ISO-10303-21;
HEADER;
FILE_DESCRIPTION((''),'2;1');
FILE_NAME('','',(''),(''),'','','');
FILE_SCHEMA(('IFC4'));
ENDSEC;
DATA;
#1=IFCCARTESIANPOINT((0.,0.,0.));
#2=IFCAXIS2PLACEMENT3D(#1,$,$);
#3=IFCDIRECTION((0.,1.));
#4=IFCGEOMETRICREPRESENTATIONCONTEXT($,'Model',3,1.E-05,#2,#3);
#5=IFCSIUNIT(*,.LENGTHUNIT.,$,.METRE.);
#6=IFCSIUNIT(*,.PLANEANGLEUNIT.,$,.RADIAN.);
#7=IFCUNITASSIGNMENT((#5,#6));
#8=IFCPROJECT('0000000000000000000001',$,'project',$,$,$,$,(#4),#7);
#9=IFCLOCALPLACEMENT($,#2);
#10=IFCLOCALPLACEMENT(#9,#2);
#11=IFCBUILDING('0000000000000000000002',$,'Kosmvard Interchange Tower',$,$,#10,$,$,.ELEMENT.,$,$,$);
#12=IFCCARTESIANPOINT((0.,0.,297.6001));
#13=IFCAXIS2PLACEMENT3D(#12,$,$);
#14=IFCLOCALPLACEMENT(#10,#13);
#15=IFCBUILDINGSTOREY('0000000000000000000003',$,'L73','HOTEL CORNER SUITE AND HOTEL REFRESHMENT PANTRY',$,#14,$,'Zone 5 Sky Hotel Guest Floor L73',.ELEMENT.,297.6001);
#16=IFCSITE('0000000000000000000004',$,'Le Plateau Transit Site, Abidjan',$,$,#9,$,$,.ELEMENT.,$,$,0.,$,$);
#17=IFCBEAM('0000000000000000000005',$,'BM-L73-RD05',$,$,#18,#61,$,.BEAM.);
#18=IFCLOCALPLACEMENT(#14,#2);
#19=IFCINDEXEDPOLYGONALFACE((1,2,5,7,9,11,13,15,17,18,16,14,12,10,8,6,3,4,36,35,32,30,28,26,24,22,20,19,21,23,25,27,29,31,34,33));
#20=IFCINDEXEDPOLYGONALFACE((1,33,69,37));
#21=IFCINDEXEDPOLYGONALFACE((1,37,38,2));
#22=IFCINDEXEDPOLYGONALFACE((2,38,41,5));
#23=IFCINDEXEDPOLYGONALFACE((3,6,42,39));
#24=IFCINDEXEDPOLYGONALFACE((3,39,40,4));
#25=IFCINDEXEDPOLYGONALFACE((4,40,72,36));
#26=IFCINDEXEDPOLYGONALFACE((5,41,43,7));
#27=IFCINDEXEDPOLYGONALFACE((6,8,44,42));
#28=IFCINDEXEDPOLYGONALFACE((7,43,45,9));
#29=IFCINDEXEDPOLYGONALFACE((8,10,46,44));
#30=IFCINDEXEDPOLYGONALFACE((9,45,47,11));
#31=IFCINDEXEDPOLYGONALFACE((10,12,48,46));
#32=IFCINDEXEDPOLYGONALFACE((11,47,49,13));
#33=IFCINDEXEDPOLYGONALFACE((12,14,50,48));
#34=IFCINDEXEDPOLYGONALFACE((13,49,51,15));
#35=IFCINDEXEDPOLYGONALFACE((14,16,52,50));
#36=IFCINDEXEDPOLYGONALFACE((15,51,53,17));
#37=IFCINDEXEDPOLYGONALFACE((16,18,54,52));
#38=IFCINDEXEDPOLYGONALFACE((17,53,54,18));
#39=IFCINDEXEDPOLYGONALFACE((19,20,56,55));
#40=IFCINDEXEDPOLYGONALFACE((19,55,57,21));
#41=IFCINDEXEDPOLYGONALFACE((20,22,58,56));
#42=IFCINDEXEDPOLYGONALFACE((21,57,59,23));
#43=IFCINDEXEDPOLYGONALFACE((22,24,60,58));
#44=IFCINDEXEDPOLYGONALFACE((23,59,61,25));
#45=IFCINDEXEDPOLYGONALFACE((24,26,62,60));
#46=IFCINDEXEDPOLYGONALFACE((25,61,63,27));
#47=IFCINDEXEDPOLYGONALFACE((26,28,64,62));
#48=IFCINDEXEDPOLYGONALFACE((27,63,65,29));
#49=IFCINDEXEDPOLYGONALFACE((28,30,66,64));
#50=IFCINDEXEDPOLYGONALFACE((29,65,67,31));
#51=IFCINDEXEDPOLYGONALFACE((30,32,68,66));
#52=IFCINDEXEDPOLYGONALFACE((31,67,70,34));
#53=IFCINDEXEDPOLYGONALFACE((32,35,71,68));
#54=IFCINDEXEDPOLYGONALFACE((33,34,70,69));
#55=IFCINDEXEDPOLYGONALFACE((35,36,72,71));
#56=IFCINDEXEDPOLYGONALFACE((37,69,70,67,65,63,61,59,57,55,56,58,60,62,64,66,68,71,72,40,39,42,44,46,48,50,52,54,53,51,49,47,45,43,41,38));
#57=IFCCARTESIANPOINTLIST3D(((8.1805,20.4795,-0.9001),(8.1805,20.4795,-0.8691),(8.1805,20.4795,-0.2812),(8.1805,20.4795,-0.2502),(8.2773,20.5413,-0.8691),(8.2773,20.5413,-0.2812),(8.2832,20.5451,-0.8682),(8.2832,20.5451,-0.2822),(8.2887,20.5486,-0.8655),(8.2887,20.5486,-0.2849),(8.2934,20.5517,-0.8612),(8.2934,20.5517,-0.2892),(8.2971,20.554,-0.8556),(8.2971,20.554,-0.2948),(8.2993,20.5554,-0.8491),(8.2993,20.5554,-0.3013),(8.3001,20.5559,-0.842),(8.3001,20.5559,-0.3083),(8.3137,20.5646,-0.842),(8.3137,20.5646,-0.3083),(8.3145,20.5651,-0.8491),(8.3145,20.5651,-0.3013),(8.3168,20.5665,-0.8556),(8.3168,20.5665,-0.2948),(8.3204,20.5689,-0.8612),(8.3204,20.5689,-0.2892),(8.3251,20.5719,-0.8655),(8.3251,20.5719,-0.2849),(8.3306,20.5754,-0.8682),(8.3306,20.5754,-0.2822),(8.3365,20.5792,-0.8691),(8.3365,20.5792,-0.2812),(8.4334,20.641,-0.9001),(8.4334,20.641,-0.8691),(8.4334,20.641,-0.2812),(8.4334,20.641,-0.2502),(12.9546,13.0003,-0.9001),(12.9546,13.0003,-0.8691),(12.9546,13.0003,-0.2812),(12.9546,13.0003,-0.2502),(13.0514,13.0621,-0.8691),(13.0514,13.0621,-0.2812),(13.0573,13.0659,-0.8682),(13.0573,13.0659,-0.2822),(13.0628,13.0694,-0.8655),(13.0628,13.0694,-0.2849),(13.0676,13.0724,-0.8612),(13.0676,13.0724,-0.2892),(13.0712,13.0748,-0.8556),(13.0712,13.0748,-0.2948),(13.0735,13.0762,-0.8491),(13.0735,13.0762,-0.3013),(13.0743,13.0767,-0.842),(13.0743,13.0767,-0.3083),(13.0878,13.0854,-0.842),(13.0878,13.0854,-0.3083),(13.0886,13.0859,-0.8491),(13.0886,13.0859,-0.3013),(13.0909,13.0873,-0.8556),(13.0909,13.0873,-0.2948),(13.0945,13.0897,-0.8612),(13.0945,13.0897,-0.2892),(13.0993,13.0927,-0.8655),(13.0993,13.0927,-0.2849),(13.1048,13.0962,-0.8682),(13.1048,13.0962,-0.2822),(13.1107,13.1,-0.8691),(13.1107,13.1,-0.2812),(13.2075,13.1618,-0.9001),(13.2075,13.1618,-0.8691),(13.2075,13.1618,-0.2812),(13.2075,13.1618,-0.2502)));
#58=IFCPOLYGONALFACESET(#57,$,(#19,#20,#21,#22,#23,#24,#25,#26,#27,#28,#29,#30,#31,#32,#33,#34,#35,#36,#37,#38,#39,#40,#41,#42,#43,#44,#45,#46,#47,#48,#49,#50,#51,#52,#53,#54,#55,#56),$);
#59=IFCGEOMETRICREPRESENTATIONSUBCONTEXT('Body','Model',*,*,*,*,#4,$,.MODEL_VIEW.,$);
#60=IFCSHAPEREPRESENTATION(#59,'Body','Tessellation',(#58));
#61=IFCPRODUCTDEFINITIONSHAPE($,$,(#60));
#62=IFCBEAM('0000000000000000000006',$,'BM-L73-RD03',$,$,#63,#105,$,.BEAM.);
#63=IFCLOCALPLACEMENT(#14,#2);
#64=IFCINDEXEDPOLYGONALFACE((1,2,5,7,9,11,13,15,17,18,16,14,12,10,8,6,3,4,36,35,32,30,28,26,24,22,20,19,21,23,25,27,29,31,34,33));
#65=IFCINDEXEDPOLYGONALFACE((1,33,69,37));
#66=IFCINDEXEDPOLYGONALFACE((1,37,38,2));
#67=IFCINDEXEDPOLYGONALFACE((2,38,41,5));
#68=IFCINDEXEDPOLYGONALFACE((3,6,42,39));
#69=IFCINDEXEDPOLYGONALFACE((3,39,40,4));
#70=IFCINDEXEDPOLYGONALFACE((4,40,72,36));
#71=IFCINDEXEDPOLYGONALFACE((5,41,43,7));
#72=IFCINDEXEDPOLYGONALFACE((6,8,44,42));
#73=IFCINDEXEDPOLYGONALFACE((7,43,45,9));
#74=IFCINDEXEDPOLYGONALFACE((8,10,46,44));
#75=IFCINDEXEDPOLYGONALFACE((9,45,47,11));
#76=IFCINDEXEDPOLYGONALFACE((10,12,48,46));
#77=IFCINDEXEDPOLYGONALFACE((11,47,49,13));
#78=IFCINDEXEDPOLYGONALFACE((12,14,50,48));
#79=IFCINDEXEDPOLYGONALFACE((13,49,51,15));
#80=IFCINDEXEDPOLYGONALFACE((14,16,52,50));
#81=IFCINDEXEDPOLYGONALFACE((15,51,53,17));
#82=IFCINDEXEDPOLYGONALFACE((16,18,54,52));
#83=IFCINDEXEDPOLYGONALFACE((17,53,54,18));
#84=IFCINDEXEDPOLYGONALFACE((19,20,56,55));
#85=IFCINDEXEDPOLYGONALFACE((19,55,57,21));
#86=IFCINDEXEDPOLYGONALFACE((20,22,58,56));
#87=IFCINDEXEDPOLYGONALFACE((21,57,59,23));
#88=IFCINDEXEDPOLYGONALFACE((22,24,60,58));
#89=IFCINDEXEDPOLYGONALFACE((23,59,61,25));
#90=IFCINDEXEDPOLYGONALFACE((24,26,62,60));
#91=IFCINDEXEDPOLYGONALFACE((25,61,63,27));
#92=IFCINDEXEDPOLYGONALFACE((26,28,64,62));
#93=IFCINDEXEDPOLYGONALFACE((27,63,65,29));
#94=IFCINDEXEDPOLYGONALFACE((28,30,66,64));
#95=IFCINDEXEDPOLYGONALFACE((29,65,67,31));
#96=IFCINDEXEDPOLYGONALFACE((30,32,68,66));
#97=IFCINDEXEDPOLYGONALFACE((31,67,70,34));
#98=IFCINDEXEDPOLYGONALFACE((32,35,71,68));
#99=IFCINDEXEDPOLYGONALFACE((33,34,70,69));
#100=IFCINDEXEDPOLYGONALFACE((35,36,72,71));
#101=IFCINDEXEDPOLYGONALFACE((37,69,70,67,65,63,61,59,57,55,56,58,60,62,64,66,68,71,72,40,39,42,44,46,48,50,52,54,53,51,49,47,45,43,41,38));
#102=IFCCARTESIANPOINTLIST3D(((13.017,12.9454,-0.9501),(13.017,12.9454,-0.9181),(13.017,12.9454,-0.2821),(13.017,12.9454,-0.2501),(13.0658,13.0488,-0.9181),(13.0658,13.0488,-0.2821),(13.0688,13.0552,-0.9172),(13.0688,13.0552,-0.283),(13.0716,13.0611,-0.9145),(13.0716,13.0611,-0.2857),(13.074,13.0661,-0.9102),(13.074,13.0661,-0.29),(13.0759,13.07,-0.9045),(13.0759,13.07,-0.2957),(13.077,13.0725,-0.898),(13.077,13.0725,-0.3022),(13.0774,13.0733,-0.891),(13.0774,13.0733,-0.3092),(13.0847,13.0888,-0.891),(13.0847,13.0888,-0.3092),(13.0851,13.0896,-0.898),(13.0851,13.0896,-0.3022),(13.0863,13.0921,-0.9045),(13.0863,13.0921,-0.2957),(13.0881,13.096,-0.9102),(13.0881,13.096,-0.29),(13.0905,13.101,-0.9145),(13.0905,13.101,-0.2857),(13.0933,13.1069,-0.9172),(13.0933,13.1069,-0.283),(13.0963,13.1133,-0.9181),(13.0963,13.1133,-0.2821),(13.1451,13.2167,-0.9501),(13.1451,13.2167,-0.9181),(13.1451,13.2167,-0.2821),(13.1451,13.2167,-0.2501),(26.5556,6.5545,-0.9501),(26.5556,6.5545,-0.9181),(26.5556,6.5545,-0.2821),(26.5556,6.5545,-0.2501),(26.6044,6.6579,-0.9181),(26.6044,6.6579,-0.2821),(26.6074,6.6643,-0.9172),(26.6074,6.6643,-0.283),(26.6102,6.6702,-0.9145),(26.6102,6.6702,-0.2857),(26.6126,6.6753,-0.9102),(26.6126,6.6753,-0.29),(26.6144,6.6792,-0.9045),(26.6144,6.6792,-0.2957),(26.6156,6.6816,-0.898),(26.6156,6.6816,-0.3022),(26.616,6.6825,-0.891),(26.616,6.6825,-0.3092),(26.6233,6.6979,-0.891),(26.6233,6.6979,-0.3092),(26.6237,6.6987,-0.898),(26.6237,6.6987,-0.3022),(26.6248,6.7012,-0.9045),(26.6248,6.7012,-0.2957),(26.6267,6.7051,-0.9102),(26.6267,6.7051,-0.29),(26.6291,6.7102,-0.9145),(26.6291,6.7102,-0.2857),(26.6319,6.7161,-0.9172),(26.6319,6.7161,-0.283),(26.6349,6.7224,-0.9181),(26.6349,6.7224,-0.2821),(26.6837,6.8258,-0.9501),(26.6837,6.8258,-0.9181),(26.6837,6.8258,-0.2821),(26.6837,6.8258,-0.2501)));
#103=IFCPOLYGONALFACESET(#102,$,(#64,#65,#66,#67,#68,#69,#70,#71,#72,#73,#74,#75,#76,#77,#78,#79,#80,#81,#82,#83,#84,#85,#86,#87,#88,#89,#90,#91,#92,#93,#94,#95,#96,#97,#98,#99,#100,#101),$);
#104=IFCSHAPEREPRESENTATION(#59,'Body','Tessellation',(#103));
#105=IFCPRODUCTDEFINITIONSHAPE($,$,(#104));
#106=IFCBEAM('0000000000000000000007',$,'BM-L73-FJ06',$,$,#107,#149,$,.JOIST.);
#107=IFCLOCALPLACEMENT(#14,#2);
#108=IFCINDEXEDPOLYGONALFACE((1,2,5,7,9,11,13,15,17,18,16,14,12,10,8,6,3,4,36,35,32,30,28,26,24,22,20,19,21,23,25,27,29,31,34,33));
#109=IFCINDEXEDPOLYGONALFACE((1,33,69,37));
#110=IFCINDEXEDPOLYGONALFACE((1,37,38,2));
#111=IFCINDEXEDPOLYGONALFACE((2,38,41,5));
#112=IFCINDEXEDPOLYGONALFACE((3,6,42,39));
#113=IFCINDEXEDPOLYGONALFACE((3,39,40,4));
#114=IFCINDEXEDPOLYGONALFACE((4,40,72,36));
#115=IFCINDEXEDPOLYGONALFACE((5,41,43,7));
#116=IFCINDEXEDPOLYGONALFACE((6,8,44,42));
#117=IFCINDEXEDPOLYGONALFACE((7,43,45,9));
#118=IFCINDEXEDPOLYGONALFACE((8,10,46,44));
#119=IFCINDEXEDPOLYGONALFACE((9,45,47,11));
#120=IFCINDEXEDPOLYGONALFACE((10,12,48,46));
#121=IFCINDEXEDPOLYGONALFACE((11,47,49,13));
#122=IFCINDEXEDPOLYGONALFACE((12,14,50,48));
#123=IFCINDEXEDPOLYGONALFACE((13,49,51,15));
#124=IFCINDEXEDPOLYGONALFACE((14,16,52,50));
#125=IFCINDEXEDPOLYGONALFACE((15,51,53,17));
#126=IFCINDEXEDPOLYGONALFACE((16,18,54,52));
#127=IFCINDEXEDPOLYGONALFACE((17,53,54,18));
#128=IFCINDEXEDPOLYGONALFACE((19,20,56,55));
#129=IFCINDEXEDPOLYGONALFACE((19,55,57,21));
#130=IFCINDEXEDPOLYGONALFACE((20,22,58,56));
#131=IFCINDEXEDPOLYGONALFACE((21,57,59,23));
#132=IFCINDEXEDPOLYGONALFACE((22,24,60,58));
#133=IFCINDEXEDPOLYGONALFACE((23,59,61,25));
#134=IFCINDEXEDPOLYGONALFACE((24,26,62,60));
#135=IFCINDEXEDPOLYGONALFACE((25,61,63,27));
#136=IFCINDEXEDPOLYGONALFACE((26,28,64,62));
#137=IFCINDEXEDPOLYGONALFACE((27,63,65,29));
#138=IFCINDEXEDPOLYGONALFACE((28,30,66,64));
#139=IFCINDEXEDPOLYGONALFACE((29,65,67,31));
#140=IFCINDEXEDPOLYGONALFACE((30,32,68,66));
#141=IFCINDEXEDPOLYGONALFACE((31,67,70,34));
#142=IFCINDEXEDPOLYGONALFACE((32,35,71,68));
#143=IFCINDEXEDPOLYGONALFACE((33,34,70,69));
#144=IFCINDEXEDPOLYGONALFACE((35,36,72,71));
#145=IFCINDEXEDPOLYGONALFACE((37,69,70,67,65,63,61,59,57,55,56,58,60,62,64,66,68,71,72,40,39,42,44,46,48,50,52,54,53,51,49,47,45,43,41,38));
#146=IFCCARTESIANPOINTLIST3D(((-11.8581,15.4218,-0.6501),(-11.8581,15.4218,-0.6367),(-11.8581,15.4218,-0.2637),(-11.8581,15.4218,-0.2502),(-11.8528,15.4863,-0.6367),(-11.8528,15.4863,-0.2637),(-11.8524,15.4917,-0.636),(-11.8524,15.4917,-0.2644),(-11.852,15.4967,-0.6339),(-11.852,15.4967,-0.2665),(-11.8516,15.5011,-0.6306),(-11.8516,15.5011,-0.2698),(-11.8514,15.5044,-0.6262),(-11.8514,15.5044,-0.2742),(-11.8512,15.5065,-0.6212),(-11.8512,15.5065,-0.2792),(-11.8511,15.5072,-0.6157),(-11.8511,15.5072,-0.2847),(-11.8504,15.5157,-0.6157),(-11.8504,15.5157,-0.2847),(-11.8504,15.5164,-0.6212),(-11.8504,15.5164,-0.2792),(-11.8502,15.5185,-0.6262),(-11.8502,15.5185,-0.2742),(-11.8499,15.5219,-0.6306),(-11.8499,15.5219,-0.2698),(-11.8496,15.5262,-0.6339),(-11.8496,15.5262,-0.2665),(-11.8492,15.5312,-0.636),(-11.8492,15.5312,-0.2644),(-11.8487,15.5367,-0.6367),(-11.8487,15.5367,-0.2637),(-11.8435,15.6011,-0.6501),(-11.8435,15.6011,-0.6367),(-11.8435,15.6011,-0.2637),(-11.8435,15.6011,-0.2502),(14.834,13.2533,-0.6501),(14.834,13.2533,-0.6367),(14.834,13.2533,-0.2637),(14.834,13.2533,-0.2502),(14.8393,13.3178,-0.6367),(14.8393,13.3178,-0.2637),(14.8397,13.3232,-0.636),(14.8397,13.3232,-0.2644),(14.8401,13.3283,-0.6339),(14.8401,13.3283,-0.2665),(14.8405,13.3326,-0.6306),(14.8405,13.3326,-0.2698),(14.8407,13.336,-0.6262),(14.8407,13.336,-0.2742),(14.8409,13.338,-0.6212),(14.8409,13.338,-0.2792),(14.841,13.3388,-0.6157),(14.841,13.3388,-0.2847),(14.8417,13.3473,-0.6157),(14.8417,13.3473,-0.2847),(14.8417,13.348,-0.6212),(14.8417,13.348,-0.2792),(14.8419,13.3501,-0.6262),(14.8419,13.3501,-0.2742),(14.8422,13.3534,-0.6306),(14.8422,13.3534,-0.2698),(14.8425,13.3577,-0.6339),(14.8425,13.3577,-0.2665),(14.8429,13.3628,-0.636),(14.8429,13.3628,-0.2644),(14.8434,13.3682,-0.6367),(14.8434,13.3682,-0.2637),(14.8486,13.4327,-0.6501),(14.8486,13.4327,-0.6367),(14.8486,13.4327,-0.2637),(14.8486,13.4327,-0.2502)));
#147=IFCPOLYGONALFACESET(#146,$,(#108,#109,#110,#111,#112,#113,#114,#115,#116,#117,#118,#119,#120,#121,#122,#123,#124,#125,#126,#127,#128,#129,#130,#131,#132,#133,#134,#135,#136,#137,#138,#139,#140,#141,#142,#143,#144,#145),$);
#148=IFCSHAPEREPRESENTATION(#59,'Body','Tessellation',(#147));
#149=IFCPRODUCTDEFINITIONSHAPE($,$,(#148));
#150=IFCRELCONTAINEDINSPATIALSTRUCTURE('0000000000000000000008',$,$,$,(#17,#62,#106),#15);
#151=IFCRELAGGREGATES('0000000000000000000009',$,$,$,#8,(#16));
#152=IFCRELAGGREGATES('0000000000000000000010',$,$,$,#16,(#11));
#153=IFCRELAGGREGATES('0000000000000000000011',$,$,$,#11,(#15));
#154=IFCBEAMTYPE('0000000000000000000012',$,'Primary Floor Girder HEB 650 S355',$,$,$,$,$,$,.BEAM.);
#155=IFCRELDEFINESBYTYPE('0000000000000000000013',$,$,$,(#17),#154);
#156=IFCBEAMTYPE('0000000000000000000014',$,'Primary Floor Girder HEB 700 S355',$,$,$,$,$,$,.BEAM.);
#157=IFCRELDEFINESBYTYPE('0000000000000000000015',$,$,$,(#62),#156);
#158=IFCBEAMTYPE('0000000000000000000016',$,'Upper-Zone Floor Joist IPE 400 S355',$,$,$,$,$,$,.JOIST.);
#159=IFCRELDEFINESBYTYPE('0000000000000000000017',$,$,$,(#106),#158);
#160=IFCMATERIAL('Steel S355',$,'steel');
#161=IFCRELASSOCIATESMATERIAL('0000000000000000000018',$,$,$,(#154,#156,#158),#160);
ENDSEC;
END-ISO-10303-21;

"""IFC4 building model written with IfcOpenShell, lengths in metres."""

from ifc_helpers import new_model, si_unit, direction, frame, origin, origin_2d, place, context, subcontext, project, spatial, i_section, extrude, source, transform, mapped, material, material_profile, profile_set, type_object, element, save


model = new_model("IFC4")

# Units and contexts
model_context = context("Model", 3, precision=1e-05, world=origin(), true_north=direction((0.0, 1.0)))
body_context = subcontext(model_context, "Body", "Model", "MODEL_VIEW")
ifc_project = project(units=[si_unit("LENGTHUNIT", "METRE"), si_unit("PLANEANGLEUNIT", "RADIAN")], contexts=[model_context])

# Site, building, storey
site_placement = place(None, origin())
site = spatial("IfcSite", under=ifc_project, at=site_placement, Name="Le Plateau Transit Site, Abidjan", CompositionType="ELEMENT", RefElevation=0.0)
building_placement = place(site_placement, origin())
building = spatial("IfcBuilding", under=site, at=building_placement, Name="Kosmvard Interchange Tower", CompositionType="ELEMENT")
storey_placement = place(building_placement, frame((0.0, 0.0, 297.6001)))
storey = spatial("IfcBuildingStorey", under=building, at=storey_placement, Name="L73", Description="HOTEL CORNER SUITE AND HOTEL REFRESHMENT PANTRY", LongName="Zone 5 Sky Hotel Guest Floor L73", CompositionType="ELEMENT", Elevation=297.6001)

# Beams
ifc_material_1 = material(Name="Steel S355", Category="steel")
ifc_material_profile_1 = material_profile(ifc_material_1, i_section(OverallWidth=0.3, OverallDepth=0.6499, WebThickness=0.0161, FlangeThickness=0.031, FilletRadius=0.0271, at=origin_2d()), Name="HEB 650")
ifc_profile_set_1 = profile_set([ifc_material_profile_1], Name="Steel S355")
beam_type_1 = type_object("IfcBeamType", Name="Primary Floor Girder HEB 650 S355", PredefinedType="BEAM", material=ifc_profile_set_1)
shared_shape_1 = source(origin(), body_context, "Body", "SweptSolid", [
    extrude(i_section(OverallWidth=0.3, OverallDepth=0.6499, WebThickness=0.0161, FlangeThickness=0.031, FilletRadius=0.0271, at=origin_2d()), origin(), (0.0, 0.0, 1.0), 8.873),
])
beam_1_placement = place(storey_placement, frame((13.0811, 13.0811, -0.5752), z_axis=(-0.53805, 0.842913, 0.0), x_axis=(-0.842913, -0.53805, 0.0)))
element("IfcBeam", 1, at=beam_1_placement, inside=storey, type_object=beam_type_1, Name="BM-L73-RD05", PredefinedType="BEAM", context=body_context, shape_type="MappedRepresentation", body=[
    mapped(shared_shape_1, transform((0.0, 0.0, 0.0), scale=1.0)),
])
ifc_material_profile_2 = material_profile(ifc_material_1, i_section(OverallWidth=0.3, OverallDepth=0.7, WebThickness=0.0171, FlangeThickness=0.032, FilletRadius=0.0271, at=origin_2d()), Name="HEB 700")
ifc_profile_set_2 = profile_set([ifc_material_profile_2], Name="Steel S355")
beam_type_2 = type_object("IfcBeamType", Name="Primary Floor Girder HEB 700 S355", PredefinedType="BEAM", material=ifc_profile_set_2)
shared_shape_2 = source(origin(), body_context, "Body", "SweptSolid", [
    extrude(i_section(OverallWidth=0.3, OverallDepth=0.7, WebThickness=0.0171, FlangeThickness=0.032, FilletRadius=0.0271, at=origin_2d()), origin(), (0.0, 0.0, 1.0), 14.9712),
])
beam_2_placement = place(storey_placement, frame((13.0811, 13.0811, -0.6001), z_axis=(0.904309, -0.426878, 0.0), x_axis=(0.426878, 0.904309, 0.0)))
element("IfcBeam", 2, at=beam_2_placement, inside=storey, type_object=beam_type_2, Name="BM-L73-RD03", PredefinedType="BEAM", context=body_context, shape_type="MappedRepresentation", body=[
    mapped(shared_shape_2, transform((0.0, 0.0, 0.0), scale=1.0)),
])
ifc_material_profile_3 = material_profile(ifc_material_1, i_section(OverallWidth=0.1799, OverallDepth=0.3999, WebThickness=0.0085, FlangeThickness=0.0134, FilletRadius=0.021, at=origin_2d()), Name="IPE 400")
ifc_profile_set_3 = profile_set([ifc_material_profile_3], Name="Steel S355")
beam_type_3 = type_object("IfcBeamType", Name="Upper-Zone Floor Joist IPE 400 S355", PredefinedType="JOIST", material=ifc_profile_set_3)
shared_shape_3 = source(origin(), body_context, "Body", "SweptSolid", [
    extrude(i_section(OverallWidth=0.1799, OverallDepth=0.3999, WebThickness=0.0085, FlangeThickness=0.0134, FilletRadius=0.021, at=origin_2d()), origin(), (0.0, 0.0, 1.0), 26.78),
])
beam_3_placement = place(storey_placement, frame((14.8413, 13.343, -0.4502), z_axis=(-0.996716, 0.080973, 0.0), x_axis=(-0.080973, -0.996716, 0.0)))
element("IfcBeam", 3, at=beam_3_placement, inside=storey, type_object=beam_type_3, Name="BM-L73-FJ06", PredefinedType="JOIST", context=body_context, shape_type="MappedRepresentation", body=[
    mapped(shared_shape_3, transform((0.0, 0.0, 0.0), scale=1.0)),
])

save(model, "model.ifc")
